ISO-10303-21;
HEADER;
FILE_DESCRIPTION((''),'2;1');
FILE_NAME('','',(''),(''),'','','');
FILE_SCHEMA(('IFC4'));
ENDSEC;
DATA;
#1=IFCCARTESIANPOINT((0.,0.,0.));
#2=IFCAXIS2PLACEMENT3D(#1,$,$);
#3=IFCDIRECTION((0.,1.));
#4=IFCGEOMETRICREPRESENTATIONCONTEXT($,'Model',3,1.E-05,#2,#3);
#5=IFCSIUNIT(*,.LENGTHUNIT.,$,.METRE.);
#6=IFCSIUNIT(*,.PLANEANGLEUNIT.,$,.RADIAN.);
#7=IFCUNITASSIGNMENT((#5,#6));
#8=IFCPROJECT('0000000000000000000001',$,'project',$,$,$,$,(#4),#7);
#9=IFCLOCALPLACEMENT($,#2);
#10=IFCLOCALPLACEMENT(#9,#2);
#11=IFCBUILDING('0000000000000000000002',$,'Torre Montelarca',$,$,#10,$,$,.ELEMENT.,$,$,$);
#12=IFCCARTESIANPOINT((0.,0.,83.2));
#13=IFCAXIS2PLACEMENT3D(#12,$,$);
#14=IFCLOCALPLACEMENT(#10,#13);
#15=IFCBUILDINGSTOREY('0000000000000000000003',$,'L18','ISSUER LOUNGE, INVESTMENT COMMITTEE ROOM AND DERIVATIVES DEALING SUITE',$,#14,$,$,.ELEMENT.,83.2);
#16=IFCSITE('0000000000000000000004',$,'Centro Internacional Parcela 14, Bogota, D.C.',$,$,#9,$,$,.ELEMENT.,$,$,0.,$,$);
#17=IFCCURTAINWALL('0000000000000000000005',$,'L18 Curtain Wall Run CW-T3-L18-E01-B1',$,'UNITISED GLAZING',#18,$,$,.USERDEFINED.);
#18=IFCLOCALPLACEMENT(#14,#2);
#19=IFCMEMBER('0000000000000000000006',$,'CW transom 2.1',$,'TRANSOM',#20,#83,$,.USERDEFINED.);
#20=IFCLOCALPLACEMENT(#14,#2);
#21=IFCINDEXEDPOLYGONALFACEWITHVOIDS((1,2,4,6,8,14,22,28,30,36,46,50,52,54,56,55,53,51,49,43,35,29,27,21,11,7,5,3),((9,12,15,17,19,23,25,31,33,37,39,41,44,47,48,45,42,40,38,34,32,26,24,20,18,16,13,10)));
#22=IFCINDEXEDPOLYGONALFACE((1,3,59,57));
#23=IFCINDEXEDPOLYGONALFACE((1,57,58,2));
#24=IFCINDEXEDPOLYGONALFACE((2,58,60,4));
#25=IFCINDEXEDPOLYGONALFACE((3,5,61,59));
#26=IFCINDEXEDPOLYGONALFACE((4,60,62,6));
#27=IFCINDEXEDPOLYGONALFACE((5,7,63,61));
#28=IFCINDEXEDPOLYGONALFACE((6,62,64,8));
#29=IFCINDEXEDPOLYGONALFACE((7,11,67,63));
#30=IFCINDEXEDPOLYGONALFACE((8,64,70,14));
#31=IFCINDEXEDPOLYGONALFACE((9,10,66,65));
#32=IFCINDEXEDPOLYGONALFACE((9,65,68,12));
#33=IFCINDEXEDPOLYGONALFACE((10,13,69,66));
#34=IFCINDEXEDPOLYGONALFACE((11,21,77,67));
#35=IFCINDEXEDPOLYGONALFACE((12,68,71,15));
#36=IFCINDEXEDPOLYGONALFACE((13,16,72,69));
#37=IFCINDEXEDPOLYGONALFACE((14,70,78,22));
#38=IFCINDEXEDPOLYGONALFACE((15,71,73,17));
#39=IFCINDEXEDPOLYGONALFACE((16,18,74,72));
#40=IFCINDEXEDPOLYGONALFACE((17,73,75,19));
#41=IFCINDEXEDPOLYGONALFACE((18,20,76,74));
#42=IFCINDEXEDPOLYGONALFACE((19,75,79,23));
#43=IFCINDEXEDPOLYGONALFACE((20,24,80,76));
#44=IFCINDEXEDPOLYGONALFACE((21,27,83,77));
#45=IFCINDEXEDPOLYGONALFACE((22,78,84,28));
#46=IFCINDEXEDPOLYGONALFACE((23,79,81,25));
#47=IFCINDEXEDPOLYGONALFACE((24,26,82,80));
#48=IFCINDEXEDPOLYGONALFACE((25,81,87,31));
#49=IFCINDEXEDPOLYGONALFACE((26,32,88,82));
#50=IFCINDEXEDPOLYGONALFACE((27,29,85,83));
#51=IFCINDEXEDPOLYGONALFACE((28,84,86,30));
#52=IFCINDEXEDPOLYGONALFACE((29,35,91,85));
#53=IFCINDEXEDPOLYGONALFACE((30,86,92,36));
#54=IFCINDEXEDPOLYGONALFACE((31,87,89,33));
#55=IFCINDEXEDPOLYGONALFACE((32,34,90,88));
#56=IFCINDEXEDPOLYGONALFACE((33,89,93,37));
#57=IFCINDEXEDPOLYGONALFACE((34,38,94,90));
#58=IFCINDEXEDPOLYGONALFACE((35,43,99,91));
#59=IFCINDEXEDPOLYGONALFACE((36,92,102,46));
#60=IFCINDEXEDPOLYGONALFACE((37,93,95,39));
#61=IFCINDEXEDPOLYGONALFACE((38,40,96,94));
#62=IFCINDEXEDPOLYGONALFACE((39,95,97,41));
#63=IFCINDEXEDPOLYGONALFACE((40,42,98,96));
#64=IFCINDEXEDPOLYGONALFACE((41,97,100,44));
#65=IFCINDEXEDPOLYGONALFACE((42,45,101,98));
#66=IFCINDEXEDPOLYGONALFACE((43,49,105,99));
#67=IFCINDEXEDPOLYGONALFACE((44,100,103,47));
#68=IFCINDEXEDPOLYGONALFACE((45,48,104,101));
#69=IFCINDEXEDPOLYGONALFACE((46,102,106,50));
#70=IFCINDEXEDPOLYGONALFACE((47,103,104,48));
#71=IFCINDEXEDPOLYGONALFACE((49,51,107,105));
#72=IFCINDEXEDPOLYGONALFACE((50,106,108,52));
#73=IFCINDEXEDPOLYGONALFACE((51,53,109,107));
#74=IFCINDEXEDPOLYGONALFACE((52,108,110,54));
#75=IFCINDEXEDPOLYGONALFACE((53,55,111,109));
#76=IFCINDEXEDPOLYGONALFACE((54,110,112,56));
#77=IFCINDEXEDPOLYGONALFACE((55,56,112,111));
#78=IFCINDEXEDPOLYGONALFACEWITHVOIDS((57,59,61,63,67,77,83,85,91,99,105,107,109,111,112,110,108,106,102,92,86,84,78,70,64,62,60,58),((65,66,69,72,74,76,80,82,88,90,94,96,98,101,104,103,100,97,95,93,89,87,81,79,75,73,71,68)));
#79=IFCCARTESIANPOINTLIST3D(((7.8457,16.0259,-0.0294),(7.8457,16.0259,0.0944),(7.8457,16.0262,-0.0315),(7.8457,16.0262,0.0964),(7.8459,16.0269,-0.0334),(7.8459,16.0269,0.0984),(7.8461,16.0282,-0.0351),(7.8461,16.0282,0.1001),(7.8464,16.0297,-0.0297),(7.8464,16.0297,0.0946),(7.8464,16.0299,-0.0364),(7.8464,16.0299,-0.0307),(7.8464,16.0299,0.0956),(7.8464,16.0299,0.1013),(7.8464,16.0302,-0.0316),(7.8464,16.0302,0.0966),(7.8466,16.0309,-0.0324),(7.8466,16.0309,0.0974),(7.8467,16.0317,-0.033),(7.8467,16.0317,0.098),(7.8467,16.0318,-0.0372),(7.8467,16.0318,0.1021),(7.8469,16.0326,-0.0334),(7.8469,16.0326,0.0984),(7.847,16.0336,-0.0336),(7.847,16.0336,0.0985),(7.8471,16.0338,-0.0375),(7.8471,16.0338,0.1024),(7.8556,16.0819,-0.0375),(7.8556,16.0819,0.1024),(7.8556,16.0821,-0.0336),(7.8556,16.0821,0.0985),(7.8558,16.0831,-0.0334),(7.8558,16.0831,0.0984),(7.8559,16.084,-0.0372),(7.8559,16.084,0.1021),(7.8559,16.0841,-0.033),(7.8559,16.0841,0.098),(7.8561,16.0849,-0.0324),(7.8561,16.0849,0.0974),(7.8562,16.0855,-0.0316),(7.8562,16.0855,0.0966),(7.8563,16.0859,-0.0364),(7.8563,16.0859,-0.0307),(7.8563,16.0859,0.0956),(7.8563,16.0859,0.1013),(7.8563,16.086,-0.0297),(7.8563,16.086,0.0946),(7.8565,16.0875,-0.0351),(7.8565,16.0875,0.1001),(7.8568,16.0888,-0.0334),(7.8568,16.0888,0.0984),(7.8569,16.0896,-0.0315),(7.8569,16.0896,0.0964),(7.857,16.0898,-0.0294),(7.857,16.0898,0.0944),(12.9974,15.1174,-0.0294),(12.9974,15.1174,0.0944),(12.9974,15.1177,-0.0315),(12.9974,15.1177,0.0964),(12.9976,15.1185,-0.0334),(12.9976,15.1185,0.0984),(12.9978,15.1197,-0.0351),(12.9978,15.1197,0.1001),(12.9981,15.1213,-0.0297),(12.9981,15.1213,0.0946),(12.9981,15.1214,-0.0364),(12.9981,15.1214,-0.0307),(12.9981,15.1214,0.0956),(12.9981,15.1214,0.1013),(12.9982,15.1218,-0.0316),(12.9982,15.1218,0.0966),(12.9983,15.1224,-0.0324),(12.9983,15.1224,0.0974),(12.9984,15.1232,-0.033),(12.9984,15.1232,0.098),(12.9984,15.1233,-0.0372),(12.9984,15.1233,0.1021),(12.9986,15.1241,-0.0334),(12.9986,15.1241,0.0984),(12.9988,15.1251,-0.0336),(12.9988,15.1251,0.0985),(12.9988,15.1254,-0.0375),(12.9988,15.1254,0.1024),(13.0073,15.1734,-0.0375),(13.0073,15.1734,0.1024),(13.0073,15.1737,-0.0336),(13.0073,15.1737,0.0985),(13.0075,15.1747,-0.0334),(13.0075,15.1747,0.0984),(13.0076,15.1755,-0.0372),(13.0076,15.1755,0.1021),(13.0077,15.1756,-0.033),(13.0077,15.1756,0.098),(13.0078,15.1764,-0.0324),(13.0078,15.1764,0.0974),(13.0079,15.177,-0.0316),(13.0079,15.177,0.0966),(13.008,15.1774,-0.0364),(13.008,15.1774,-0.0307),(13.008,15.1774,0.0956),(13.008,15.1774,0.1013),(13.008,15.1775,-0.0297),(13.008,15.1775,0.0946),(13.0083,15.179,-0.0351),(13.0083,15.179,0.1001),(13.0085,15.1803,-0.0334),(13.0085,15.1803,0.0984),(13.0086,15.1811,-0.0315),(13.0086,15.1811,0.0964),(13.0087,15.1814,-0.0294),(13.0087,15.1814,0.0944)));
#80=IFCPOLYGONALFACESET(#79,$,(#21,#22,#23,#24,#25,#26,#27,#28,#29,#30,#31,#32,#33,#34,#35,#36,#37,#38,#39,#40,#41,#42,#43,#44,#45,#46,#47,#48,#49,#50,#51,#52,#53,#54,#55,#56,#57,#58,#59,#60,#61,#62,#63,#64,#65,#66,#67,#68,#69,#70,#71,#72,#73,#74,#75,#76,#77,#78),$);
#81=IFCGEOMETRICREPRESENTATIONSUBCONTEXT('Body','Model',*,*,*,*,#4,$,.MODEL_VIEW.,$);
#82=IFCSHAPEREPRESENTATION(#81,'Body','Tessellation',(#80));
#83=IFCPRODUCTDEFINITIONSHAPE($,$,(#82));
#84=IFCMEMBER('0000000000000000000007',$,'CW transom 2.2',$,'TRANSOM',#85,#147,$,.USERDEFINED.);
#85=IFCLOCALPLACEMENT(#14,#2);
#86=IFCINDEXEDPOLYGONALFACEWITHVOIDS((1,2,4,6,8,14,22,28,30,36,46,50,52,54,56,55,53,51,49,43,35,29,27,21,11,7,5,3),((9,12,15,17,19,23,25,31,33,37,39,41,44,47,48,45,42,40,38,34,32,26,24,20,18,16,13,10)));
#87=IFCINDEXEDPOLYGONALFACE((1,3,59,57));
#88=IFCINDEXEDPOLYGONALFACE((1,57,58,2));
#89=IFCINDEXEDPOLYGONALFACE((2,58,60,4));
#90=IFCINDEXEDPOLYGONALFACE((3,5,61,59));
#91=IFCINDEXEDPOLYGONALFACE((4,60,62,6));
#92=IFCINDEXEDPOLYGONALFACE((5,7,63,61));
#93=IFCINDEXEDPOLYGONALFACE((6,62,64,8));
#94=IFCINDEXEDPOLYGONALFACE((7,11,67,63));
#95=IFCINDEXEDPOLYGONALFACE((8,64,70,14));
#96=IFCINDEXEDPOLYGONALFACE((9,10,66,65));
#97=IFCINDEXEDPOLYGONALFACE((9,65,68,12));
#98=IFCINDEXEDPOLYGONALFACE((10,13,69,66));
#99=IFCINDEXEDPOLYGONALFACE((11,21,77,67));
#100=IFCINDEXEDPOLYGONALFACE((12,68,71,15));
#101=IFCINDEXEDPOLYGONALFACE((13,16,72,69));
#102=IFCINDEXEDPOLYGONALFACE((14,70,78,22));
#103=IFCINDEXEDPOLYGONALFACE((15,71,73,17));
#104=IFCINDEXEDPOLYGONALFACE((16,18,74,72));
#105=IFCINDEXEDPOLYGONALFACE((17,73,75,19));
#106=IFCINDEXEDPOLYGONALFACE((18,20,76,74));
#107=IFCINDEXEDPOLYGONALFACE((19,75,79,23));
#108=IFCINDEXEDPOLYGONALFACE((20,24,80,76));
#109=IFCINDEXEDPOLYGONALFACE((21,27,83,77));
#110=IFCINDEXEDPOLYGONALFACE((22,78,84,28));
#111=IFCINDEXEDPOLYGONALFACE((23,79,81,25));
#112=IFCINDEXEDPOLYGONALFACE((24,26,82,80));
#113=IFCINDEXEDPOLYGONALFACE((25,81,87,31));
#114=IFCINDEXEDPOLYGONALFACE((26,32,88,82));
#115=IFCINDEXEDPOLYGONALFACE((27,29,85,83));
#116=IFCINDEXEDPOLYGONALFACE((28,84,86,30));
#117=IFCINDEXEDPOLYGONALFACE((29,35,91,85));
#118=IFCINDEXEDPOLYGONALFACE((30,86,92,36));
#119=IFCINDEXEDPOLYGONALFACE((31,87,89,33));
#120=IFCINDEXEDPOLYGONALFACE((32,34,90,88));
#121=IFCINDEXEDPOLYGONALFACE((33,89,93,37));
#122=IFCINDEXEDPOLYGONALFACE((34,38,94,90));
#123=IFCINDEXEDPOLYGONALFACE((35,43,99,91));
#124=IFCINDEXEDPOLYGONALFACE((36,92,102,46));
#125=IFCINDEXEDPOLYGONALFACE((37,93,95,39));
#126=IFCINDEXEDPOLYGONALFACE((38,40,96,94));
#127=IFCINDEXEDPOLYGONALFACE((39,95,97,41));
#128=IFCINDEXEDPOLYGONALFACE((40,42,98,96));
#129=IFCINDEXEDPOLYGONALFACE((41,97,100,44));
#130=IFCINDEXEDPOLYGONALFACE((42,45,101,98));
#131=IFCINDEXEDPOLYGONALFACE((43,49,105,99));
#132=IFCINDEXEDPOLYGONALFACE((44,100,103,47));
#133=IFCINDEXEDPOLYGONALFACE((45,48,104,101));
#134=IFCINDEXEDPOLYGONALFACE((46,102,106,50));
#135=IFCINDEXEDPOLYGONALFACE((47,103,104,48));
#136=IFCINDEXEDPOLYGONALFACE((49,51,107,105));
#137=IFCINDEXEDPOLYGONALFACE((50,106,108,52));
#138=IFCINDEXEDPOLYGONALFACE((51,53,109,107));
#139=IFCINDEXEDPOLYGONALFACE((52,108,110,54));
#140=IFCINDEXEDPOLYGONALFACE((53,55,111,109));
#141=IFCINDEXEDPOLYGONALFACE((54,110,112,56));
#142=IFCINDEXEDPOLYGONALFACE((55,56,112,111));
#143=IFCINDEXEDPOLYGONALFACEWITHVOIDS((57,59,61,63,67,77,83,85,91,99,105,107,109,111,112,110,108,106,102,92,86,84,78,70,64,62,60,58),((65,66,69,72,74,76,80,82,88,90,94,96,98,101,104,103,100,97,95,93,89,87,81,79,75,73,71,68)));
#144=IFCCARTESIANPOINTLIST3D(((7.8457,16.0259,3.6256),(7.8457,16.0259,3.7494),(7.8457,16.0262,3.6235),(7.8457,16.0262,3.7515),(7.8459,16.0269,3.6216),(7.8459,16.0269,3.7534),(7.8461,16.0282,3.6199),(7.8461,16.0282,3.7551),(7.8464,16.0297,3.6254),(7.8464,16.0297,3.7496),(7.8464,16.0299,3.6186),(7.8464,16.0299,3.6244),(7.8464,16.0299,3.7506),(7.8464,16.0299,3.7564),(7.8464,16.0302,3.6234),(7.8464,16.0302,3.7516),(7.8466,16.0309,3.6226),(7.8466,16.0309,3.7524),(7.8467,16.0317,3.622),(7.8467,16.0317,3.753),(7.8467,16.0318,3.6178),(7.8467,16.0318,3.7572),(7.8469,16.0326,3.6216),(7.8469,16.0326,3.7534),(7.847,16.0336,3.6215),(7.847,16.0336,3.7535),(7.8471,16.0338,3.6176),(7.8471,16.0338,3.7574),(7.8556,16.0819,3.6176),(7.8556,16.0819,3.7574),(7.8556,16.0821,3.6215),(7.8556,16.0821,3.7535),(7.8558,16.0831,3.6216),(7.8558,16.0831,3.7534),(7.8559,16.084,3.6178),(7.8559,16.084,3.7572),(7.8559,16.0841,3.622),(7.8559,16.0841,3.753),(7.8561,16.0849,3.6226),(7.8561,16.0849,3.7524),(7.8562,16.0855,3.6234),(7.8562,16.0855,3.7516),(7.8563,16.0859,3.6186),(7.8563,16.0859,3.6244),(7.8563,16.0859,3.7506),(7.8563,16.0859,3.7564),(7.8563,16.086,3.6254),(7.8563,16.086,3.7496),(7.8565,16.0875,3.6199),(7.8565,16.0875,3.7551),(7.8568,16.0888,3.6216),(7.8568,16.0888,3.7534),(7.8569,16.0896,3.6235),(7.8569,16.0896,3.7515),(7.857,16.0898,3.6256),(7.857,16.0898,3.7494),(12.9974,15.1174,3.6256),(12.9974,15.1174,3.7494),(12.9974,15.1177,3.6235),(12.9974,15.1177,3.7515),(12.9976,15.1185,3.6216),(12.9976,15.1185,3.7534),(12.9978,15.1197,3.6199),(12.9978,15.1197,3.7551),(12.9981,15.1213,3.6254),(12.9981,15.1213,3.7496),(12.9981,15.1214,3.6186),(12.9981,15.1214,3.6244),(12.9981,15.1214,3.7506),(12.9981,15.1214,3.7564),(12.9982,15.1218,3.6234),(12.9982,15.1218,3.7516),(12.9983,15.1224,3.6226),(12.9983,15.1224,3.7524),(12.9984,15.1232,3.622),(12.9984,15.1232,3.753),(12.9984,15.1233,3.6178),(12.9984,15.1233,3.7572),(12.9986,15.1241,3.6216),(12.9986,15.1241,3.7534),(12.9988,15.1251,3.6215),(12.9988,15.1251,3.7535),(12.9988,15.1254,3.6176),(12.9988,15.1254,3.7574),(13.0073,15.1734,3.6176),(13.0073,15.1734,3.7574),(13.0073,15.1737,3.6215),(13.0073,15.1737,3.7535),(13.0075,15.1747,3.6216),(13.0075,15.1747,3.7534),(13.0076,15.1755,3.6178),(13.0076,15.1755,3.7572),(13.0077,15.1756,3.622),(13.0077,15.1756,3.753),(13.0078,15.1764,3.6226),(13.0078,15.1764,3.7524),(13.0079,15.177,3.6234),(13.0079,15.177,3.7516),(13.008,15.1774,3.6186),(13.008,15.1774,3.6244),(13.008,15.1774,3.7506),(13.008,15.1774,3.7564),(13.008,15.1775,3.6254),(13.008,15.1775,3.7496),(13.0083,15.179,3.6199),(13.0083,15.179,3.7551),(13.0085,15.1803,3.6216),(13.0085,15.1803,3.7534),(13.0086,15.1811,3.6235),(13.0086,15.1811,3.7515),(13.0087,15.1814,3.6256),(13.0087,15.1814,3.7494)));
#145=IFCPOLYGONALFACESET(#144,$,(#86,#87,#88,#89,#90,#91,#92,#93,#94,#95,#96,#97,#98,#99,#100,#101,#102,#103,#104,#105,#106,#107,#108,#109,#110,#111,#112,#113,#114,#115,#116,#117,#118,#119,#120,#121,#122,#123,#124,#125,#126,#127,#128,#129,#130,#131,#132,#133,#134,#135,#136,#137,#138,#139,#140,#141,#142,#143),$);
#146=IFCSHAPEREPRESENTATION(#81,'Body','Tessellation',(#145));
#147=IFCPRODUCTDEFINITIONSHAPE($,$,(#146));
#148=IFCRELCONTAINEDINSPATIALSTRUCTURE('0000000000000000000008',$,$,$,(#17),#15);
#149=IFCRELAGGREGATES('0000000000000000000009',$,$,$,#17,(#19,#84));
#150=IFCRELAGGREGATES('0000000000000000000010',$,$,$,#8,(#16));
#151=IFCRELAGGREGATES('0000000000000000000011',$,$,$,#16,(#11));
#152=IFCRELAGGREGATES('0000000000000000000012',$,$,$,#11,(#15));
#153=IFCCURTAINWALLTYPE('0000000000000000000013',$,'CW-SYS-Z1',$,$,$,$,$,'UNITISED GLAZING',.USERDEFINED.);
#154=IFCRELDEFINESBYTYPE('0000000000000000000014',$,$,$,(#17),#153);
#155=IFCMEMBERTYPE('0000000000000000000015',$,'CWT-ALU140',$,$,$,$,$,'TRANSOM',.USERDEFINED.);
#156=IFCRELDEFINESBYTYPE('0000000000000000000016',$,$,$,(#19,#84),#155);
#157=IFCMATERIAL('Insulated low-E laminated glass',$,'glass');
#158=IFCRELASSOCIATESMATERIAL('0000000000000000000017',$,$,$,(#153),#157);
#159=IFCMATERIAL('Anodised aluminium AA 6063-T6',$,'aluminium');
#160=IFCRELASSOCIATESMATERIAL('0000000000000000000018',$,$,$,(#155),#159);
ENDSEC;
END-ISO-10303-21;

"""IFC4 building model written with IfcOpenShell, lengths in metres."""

from ifc_helpers import new_model, si_unit, direction, frame, origin, origin_2d, place, context, subcontext, project, spatial, hollow_rectangle, extrude, source, transform, mapped, material, material_profile, profile_set, type_object, element, aggregate, save


model = new_model("IFC4")

# Units and contexts
model_context = context("Model", 3, precision=1e-05, world=origin(), true_north=direction((0.0, 1.0)))
body_context = subcontext(model_context, "Body", "Model", "MODEL_VIEW")
ifc_project = project(units=[si_unit("LENGTHUNIT", "METRE"), si_unit("PLANEANGLEUNIT", "RADIAN")], contexts=[model_context])

# Site, building, storey
site_placement = place(None, origin())
site = spatial("IfcSite", under=ifc_project, at=site_placement, Name="Centro Internacional Parcela 14, Bogota, D.C.", CompositionType="ELEMENT", RefElevation=0.0)
building_placement = place(site_placement, origin())
building = spatial("IfcBuilding", under=site, at=building_placement, Name="Torre Montelarca", CompositionType="ELEMENT")
storey_placement = place(building_placement, frame((0.0, 0.0, 83.2)))
storey = spatial("IfcBuildingStorey", under=building, at=storey_placement, Name="L18", Description="ISSUER LOUNGE, INVESTMENT COMMITTEE ROOM AND DERIVATIVES DEALING SUITE", CompositionType="ELEMENT", Elevation=83.2)

# Curtain wall, members
ifc_material_1 = material(Name="Insulated low-E laminated glass", Category="glass")
curtain_wall_type = type_object("IfcCurtainWallType", Name="CW-SYS-Z1", ElementType="UNITISED GLAZING", PredefinedType="USERDEFINED", material=ifc_material_1)
ifc_material_2 = material(Name="Anodised aluminium AA 6063-T6", Category="aluminium")
ifc_material_profile_1 = material_profile(ifc_material_2, hollow_rectangle(XDim=0.0649, YDim=0.1399, WallThickness=0.0039, InnerFilletRadius=0.0039, OuterFilletRadius=0.0081, at=origin_2d()), Name="ALU65X140X4", Category="aluminium")
ifc_profile_set_1 = profile_set([ifc_material_profile_1], Name="Anodised aluminium AA 6063-T6")
member_type_1 = type_object("IfcMemberType", Name="CWT-ALU140", ElementType="TRANSOM", PredefinedType="USERDEFINED", material=ifc_profile_set_1)
curtain_wall_1_placement = place(storey_placement, origin())
curtain_wall_1 = element("IfcCurtainWall", 1, at=curtain_wall_1_placement, inside=storey, type_object=curtain_wall_type, Name="L18 Curtain Wall Run CW-T3-L18-E01-B1", ObjectType="UNITISED GLAZING", PredefinedType="USERDEFINED")
shared_shape_1 = source(origin(), body_context, "Body", "SweptSolid", [
    extrude(hollow_rectangle(XDim=0.0649, YDim=0.1399, WallThickness=0.0039, InnerFilletRadius=0.0039, OuterFilletRadius=0.0081, at=origin_2d()), origin(), (0.0, 0.0, 1.0), 5.2312),
])
member_1_placement = place(storey_placement, frame((7.8513, 16.0579, 0.0325), z_axis=(0.984805, -0.173663, 0.0), x_axis=(0.173663, 0.984805, 0.0)))
member_1 = element("IfcMember", 2, at=member_1_placement, type_object=member_type_1, Name="CW transom 2.1", ObjectType="TRANSOM", PredefinedType="USERDEFINED", context=body_context, shape_type="MappedRepresentation", body=[
    mapped(shared_shape_1, transform((0.0, 0.0, 0.0), scale=1.0)),
])
member_2_placement = place(storey_placement, frame((7.8513, 16.0579, 3.6875), z_axis=(0.984805, -0.173663, 0.0), x_axis=(0.173663, 0.984805, 0.0)))
member_2 = element("IfcMember", 3, at=member_2_placement, type_object=member_type_1, Name="CW transom 2.2", ObjectType="TRANSOM", PredefinedType="USERDEFINED", context=body_context, shape_type="MappedRepresentation", body=[
    mapped(shared_shape_1, transform((0.0, 0.0, 0.0), scale=1.0)),
])

aggregate(curtain_wall_1, [member_1, member_2])

save(model, "model.ifc")
